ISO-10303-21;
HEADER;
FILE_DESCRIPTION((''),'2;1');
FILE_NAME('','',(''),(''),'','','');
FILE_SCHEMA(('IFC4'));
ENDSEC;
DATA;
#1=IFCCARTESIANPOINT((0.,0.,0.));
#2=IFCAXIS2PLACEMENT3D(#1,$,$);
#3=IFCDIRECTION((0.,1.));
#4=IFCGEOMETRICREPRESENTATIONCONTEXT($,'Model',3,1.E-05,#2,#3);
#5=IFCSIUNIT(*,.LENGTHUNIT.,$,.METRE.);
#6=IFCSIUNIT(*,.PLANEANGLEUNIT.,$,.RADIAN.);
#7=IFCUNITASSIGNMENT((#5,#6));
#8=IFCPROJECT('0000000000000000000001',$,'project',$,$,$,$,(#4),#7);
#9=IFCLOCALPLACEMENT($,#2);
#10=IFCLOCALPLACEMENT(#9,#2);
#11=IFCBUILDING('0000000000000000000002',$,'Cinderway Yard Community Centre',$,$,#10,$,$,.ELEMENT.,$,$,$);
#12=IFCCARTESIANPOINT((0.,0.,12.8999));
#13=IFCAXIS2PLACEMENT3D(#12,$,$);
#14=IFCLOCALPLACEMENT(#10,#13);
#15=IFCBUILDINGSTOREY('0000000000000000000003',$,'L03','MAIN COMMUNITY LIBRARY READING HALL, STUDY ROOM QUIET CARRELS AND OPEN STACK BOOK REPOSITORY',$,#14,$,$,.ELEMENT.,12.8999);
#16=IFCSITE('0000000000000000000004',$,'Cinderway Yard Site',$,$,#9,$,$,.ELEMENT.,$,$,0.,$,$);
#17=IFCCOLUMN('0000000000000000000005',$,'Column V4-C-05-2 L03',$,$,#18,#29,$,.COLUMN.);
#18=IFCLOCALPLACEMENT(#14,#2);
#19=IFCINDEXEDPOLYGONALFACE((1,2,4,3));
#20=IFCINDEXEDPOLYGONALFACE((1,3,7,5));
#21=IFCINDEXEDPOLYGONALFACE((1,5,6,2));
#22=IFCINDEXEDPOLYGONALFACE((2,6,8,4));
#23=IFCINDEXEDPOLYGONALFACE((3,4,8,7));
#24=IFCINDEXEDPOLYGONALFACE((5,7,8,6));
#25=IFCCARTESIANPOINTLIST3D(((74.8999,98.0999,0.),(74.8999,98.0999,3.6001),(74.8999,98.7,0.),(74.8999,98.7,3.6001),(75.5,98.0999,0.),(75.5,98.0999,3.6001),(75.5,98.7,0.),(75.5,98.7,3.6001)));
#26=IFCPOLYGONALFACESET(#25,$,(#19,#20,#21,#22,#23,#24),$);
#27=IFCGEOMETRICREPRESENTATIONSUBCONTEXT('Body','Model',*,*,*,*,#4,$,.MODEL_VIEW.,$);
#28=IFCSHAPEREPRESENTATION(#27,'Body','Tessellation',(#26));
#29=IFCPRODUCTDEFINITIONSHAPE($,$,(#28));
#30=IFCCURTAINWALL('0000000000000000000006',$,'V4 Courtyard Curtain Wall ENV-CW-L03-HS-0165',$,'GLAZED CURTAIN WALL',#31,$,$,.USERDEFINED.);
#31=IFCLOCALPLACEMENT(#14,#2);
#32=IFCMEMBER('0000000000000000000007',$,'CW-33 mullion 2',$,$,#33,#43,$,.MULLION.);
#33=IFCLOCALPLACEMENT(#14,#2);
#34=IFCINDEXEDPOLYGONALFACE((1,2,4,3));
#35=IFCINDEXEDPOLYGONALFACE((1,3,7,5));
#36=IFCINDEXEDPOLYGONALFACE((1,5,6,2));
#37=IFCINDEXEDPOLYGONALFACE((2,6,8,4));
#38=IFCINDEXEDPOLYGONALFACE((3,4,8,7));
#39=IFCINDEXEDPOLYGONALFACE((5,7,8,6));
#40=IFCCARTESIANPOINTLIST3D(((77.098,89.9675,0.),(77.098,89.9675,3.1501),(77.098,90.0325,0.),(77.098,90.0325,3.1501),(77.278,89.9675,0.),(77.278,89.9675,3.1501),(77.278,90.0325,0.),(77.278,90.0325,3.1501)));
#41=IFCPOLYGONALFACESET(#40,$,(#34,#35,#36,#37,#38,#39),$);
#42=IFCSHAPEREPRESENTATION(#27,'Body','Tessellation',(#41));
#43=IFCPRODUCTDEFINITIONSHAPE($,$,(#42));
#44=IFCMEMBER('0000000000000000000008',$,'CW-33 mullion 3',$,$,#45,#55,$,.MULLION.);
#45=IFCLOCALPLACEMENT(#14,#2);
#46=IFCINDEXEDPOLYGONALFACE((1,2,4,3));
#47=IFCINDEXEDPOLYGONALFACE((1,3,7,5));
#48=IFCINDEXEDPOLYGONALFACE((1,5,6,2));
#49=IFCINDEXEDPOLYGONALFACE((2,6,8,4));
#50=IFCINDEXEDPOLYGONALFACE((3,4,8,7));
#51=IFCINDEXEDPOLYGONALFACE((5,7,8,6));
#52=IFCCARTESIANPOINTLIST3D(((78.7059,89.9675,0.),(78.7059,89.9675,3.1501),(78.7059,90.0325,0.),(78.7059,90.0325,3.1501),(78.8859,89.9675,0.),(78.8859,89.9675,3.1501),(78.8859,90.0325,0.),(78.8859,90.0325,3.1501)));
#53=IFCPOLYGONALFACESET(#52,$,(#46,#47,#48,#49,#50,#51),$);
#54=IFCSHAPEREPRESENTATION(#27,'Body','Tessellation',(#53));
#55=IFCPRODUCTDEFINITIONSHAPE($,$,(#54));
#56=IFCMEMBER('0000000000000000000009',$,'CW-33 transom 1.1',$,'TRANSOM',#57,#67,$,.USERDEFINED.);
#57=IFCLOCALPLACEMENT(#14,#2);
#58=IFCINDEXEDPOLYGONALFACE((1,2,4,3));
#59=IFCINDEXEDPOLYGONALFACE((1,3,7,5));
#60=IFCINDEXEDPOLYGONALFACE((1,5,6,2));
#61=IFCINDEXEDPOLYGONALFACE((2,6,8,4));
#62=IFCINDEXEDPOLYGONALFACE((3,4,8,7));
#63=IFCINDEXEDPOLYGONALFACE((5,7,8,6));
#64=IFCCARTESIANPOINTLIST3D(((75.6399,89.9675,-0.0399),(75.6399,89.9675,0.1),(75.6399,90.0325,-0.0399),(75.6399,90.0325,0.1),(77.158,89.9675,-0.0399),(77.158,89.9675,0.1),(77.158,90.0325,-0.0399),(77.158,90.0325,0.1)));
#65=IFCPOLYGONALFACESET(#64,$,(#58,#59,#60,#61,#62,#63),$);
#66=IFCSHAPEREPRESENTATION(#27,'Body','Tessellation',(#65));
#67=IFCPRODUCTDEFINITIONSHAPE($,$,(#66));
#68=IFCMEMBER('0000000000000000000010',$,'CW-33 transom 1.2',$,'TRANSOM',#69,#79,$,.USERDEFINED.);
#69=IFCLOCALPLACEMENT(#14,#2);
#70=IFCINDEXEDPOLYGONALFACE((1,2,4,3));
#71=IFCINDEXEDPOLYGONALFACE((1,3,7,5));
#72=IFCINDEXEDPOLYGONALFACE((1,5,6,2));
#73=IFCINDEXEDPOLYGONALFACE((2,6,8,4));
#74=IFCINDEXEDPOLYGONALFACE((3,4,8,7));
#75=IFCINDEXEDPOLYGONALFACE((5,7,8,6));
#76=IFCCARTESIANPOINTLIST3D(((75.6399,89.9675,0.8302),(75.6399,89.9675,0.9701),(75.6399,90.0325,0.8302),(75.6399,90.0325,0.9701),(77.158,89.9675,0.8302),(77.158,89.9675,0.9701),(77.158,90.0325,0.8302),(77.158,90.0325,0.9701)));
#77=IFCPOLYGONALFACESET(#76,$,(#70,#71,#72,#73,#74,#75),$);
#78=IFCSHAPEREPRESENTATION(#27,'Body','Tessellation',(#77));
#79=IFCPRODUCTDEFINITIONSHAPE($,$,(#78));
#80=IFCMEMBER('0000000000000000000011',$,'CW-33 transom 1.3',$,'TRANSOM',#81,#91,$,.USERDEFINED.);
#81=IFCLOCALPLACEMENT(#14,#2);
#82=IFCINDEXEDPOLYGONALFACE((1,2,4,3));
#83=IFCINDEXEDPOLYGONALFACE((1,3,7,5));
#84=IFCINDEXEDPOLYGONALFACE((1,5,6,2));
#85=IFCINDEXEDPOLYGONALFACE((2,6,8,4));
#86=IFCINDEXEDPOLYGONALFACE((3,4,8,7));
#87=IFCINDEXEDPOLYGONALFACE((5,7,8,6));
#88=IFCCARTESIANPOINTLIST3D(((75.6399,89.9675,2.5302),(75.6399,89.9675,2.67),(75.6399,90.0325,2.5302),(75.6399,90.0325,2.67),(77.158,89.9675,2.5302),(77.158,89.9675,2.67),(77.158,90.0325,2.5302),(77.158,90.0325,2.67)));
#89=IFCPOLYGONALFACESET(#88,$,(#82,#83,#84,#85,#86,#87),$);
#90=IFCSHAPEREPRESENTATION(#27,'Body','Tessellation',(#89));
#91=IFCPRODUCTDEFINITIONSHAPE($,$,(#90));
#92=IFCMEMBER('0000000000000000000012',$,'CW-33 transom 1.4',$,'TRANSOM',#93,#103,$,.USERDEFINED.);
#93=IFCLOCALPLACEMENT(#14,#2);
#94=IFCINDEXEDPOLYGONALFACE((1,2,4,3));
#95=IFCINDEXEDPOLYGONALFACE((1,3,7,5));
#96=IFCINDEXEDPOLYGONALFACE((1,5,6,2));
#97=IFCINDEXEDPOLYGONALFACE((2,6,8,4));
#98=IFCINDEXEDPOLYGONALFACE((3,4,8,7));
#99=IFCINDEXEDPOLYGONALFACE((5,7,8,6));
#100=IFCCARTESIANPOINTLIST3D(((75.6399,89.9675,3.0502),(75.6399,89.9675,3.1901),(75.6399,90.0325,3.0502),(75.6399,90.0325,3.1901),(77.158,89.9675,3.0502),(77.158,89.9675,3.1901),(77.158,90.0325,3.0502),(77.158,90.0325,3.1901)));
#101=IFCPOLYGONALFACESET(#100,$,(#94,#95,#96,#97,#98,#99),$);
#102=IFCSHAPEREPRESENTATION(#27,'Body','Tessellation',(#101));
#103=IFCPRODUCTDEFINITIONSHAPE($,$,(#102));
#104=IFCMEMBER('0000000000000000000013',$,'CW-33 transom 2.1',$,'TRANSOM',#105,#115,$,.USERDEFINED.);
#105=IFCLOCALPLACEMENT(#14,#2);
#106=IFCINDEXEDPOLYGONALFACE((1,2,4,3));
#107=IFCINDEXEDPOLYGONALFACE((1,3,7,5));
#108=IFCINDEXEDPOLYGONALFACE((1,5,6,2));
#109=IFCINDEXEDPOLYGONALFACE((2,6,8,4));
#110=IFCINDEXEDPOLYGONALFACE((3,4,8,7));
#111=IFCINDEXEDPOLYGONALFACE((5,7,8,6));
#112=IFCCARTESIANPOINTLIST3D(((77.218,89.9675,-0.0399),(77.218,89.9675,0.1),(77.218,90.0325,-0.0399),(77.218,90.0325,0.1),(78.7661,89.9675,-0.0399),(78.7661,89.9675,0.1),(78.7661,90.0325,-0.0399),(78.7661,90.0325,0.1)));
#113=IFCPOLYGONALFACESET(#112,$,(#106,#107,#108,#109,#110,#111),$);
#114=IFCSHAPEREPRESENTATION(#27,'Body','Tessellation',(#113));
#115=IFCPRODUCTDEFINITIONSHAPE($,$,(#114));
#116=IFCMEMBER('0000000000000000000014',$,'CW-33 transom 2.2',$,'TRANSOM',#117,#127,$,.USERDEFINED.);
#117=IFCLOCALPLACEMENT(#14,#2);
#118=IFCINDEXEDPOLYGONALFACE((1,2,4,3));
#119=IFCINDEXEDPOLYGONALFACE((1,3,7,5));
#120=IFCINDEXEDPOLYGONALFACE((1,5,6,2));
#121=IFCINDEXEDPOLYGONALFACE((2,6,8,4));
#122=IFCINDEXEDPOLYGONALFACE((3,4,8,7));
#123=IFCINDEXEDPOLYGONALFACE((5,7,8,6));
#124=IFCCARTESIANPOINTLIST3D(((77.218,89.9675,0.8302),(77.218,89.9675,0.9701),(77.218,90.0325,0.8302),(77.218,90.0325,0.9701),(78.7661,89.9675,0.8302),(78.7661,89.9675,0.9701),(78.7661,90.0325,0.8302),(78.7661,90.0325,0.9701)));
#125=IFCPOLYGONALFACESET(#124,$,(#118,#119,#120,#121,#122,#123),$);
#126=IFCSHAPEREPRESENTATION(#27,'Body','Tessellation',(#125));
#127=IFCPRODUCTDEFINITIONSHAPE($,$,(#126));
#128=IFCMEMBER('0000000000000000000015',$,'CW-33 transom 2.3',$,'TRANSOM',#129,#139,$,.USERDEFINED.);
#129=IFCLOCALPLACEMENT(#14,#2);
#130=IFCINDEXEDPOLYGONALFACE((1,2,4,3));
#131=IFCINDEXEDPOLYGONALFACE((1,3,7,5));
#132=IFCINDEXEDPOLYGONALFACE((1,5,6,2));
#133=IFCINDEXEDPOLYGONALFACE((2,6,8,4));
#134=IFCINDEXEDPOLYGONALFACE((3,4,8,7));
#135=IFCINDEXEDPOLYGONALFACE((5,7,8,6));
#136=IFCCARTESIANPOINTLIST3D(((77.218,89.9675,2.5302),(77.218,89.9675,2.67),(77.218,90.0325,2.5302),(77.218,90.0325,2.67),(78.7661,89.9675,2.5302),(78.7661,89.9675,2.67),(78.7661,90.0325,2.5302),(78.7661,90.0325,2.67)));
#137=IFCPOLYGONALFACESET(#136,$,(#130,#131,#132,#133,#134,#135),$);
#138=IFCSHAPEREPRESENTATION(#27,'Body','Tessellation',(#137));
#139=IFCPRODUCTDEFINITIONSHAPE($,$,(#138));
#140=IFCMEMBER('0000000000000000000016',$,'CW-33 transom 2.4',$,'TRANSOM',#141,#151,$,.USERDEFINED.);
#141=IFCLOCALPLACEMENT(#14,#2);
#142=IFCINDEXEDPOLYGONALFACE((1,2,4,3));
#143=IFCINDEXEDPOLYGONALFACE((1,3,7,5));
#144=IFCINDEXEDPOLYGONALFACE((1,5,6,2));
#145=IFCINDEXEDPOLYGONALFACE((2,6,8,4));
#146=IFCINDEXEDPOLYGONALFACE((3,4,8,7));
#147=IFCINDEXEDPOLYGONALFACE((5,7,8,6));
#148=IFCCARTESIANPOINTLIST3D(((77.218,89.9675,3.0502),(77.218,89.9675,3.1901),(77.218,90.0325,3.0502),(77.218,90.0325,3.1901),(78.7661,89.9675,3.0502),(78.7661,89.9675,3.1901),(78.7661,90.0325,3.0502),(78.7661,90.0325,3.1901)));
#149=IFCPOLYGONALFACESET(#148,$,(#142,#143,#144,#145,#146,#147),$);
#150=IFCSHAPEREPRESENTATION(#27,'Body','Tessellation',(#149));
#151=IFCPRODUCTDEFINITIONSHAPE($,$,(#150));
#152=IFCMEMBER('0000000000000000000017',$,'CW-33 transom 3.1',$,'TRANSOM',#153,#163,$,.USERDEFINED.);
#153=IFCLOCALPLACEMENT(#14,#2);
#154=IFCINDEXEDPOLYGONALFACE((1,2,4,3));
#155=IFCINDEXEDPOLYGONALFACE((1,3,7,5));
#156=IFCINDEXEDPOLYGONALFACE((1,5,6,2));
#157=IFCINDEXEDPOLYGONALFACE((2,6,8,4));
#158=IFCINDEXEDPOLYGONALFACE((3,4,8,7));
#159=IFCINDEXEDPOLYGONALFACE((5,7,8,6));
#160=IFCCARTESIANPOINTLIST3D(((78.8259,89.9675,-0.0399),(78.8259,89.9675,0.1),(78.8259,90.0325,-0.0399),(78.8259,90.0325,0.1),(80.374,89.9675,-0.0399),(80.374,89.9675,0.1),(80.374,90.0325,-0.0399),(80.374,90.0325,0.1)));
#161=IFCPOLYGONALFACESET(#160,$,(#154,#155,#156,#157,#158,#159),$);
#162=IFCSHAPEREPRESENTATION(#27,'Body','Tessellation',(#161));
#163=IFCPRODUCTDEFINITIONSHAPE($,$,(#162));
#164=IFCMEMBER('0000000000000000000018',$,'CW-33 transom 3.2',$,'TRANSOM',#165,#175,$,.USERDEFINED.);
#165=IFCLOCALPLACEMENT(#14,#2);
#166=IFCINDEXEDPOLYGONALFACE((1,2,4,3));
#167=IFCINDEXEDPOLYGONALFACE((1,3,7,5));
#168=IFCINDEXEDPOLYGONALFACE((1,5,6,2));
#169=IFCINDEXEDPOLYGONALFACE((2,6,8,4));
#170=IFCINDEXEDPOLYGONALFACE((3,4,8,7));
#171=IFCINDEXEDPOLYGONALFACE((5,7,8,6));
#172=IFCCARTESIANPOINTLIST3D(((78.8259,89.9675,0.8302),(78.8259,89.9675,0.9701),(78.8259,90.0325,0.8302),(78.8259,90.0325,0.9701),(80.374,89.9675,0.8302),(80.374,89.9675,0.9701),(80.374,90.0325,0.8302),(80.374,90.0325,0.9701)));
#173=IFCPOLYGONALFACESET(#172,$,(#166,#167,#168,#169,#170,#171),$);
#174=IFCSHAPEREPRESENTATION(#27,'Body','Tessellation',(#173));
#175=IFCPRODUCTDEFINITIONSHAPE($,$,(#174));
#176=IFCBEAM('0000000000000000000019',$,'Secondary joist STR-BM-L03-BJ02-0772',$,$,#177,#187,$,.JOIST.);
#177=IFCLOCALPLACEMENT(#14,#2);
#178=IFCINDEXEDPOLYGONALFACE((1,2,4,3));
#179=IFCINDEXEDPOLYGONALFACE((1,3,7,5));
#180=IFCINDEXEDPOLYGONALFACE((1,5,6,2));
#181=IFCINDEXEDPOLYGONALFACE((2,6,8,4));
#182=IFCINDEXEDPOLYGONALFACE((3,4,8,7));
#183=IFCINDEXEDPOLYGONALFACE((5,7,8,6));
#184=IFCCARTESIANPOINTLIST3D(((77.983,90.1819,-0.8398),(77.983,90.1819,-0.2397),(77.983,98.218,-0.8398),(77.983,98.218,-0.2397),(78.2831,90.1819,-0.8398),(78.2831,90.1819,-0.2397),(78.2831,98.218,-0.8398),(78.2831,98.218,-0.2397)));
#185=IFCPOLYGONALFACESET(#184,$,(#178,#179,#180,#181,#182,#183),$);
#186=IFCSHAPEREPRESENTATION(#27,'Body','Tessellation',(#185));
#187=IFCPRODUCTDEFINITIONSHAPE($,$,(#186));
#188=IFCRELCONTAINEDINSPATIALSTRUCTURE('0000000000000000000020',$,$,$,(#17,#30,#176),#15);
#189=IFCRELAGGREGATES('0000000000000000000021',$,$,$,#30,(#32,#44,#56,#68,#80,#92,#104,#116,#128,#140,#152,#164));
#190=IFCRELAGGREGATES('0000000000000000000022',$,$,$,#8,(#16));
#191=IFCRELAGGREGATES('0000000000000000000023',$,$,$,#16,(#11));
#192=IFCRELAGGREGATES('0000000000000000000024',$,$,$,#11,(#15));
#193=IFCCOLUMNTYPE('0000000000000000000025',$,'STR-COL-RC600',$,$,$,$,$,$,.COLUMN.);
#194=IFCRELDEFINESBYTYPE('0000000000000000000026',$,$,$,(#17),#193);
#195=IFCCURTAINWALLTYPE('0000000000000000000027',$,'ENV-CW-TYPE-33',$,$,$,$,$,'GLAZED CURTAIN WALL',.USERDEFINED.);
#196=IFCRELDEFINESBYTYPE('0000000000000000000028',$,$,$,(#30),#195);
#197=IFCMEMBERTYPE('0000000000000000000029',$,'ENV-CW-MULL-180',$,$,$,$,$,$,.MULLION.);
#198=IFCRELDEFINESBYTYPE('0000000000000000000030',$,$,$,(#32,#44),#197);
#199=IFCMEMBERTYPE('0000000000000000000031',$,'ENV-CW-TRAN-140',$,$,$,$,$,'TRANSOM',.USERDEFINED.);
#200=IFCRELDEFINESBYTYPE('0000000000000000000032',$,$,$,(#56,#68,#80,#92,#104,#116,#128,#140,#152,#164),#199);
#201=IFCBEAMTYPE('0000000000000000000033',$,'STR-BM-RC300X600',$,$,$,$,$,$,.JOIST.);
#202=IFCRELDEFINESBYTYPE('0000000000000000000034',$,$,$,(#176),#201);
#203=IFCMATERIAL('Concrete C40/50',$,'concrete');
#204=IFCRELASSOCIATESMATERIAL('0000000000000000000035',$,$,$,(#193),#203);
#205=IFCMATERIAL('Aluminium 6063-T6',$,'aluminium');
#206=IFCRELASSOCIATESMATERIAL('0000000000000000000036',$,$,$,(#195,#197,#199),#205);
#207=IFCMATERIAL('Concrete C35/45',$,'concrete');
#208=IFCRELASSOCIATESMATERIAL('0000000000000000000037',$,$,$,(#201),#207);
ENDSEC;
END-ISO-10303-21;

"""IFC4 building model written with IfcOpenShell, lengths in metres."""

from ifc_helpers import new_model, si_unit, direction, frame, origin, origin_2d, place, context, subcontext, project, spatial, rectangle, extrude, material, material_profile, profile_set, type_object, element, aggregate, save


model = new_model("IFC4")

# Units and contexts
model_context = context("Model", 3, precision=1e-05, world=origin(), true_north=direction((0.0, 1.0)))
body_context = subcontext(model_context, "Body", "Model", "MODEL_VIEW")
ifc_project = project(units=[si_unit("LENGTHUNIT", "METRE"), si_unit("PLANEANGLEUNIT", "RADIAN")], contexts=[model_context])

# Site, building, storey
site_placement = place(None, origin())
site = spatial("IfcSite", under=ifc_project, at=site_placement, Name="Cinderway Yard Site", CompositionType="ELEMENT", RefElevation=0.0)
building_placement = place(site_placement, origin())
building = spatial("IfcBuilding", under=site, at=building_placement, Name="Cinderway Yard Community Centre", CompositionType="ELEMENT")
storey_placement = place(building_placement, frame((0.0, 0.0, 12.8999)))
storey = spatial("IfcBuildingStorey", under=building, at=storey_placement, Name="L03", Description="MAIN COMMUNITY LIBRARY READING HALL, STUDY ROOM QUIET CARRELS AND OPEN STACK BOOK REPOSITORY", CompositionType="ELEMENT", Elevation=12.8999)

# Column
ifc_material_1 = material(Name="Concrete C40/50", Category="concrete")
ifc_material_profile_1 = material_profile(ifc_material_1, rectangle(XDim=0.6001, YDim=0.6001, at=origin_2d()), Name="Concrete C40/50")
ifc_profile_set_1 = profile_set([ifc_material_profile_1], Name="Concrete C40/50")
column_type = type_object("IfcColumnType", Name="STR-COL-RC600", PredefinedType="COLUMN", material=ifc_profile_set_1)
column_placement = place(storey_placement, frame((75.2, 98.3999, 0.0), z_axis=(0.0, 0.0, 1.0), x_axis=(1.0, 0.0, 0.0)))
element("IfcColumn", 1, at=column_placement, inside=storey, type_object=column_type, Name="Column V4-C-05-2 L03", PredefinedType="COLUMN", context=body_context, shape_type="SweptSolid", body=[
    extrude(rectangle(XDim=0.6001, YDim=0.6001, at=origin_2d()), origin(), (0.0, 0.0, 1.0), 3.6001),
])

# Curtain wall, members
ifc_material_2 = material(Name="Aluminium 6063-T6", Category="aluminium")
curtain_wall_type = type_object("IfcCurtainWallType", Name="ENV-CW-TYPE-33", ElementType="GLAZED CURTAIN WALL", PredefinedType="USERDEFINED", material=ifc_material_2)
curtain_wall_placement = place(storey_placement, origin())
curtain_wall = element("IfcCurtainWall", 2, at=curtain_wall_placement, inside=storey, type_object=curtain_wall_type, Name="V4 Courtyard Curtain Wall ENV-CW-L03-HS-0165", ObjectType="GLAZED CURTAIN WALL", PredefinedType="USERDEFINED")
ifc_material_profile_2 = material_profile(ifc_material_2, rectangle(XDim=0.0649, YDim=0.1799, at=origin_2d()), Name="Aluminium 6063-T6")
ifc_profile_set_2 = profile_set([ifc_material_profile_2], Name="Aluminium 6063-T6")
member_type_1 = type_object("IfcMemberType", Name="ENV-CW-MULL-180", PredefinedType="MULLION", material=ifc_profile_set_2)
member_1_placement = place(storey_placement, frame((77.188, 90.0, 0.0), z_axis=(0.0, 0.0, 1.0), x_axis=(0.0, 1.0, 0.0)))
member_1 = element("IfcMember", 3, at=member_1_placement, type_object=member_type_1, Name="CW-33 mullion 2", PredefinedType="MULLION", context=body_context, shape_type="SweptSolid", body=[
    extrude(rectangle(XDim=0.0649, YDim=0.1799, at=origin_2d()), origin(), (0.0, 0.0, 1.0), 3.1501),
])
member_2_placement = place(storey_placement, frame((78.7959, 90.0, 0.0), z_axis=(0.0, 0.0, 1.0), x_axis=(0.0, 1.0, 0.0)))
member_2 = element("IfcMember", 4, at=member_2_placement, type_object=member_type_1, Name="CW-33 mullion 3", PredefinedType="MULLION", context=body_context, shape_type="SweptSolid", body=[
    extrude(rectangle(XDim=0.0649, YDim=0.1799, at=origin_2d()), origin(), (0.0, 0.0, 1.0), 3.1501),
])
ifc_material_profile_3 = material_profile(ifc_material_2, rectangle(XDim=0.0649, YDim=0.1399, at=origin_2d()), Name="Aluminium 6063-T6")
ifc_profile_set_3 = profile_set([ifc_material_profile_3], Name="Aluminium 6063-T6")
member_type_2 = type_object("IfcMemberType", Name="ENV-CW-TRAN-140", ElementType="TRANSOM", PredefinedType="USERDEFINED", material=ifc_profile_set_3)
member_3_placement = place(storey_placement, frame((75.6399, 90.0, 0.03), z_axis=(1.0, 0.0, 0.0), x_axis=(0.0, 1.0, 0.0)))
member_3 = element("IfcMember", 5, at=member_3_placement, type_object=member_type_2, Name="CW-33 transom 1.1", ObjectType="TRANSOM", PredefinedType="USERDEFINED", context=body_context, shape_type="SweptSolid", body=[
    extrude(rectangle(XDim=0.0649, YDim=0.1399, at=origin_2d()), origin(), (0.0, 0.0, 1.0), 1.5181),
])
member_4_placement = place(storey_placement, frame((75.6399, 90.0, 0.9001), z_axis=(1.0, 0.0, 0.0), x_axis=(0.0, 1.0, 0.0)))
member_4 = element("IfcMember", 6, at=member_4_placement, type_object=member_type_2, Name="CW-33 transom 1.2", ObjectType="TRANSOM", PredefinedType="USERDEFINED", context=body_context, shape_type="SweptSolid", body=[
    extrude(rectangle(XDim=0.0649, YDim=0.1399, at=origin_2d()), origin(), (0.0, 0.0, 1.0), 1.5181),
])
member_5_placement = place(storey_placement, frame((75.6399, 90.0, 2.6001), z_axis=(1.0, 0.0, 0.0), x_axis=(0.0, 1.0, 0.0)))
member_5 = element("IfcMember", 7, at=member_5_placement, type_object=member_type_2, Name="CW-33 transom 1.3", ObjectType="TRANSOM", PredefinedType="USERDEFINED", context=body_context, shape_type="SweptSolid", body=[
    extrude(rectangle(XDim=0.0649, YDim=0.1399, at=origin_2d()), origin(), (0.0, 0.0, 1.0), 1.5181),
])
member_6_placement = place(storey_placement, frame((75.6399, 90.0, 3.1201), z_axis=(1.0, 0.0, 0.0), x_axis=(0.0, 1.0, 0.0)))
member_6 = element("IfcMember", 8, at=member_6_placement, type_object=member_type_2, Name="CW-33 transom 1.4", ObjectType="TRANSOM", PredefinedType="USERDEFINED", context=body_context, shape_type="SweptSolid", body=[
    extrude(rectangle(XDim=0.0649, YDim=0.1399, at=origin_2d()), origin(), (0.0, 0.0, 1.0), 1.5181),
])
member_7_placement = place(storey_placement, frame((77.218, 90.0, 0.03), z_axis=(1.0, 0.0, 0.0), x_axis=(0.0, 1.0, 0.0)))
member_7 = element("IfcMember", 9, at=member_7_placement, type_object=member_type_2, Name="CW-33 transom 2.1", ObjectType="TRANSOM", PredefinedType="USERDEFINED", context=body_context, shape_type="SweptSolid", body=[
    extrude(rectangle(XDim=0.0649, YDim=0.1399, at=origin_2d()), origin(), (0.0, 0.0, 1.0), 1.5481),
])
member_8_placement = place(storey_placement, frame((77.218, 90.0, 0.9001), z_axis=(1.0, 0.0, 0.0), x_axis=(0.0, 1.0, 0.0)))
member_8 = element("IfcMember", 10, at=member_8_placement, type_object=member_type_2, Name="CW-33 transom 2.2", ObjectType="TRANSOM", PredefinedType="USERDEFINED", context=body_context, shape_type="SweptSolid", body=[
    extrude(rectangle(XDim=0.0649, YDim=0.1399, at=origin_2d()), origin(), (0.0, 0.0, 1.0), 1.5481),
])
member_9_placement = place(storey_placement, frame((77.218, 90.0, 2.6001), z_axis=(1.0, 0.0, 0.0), x_axis=(0.0, 1.0, 0.0)))
member_9 = element("IfcMember", 11, at=member_9_placement, type_object=member_type_2, Name="CW-33 transom 2.3", ObjectType="TRANSOM", PredefinedType="USERDEFINED", context=body_context, shape_type="SweptSolid", body=[
    extrude(rectangle(XDim=0.0649, YDim=0.1399, at=origin_2d()), origin(), (0.0, 0.0, 1.0), 1.5481),
])
member_10_placement = place(storey_placement, frame((77.218, 90.0, 3.1201), z_axis=(1.0, 0.0, 0.0), x_axis=(0.0, 1.0, 0.0)))
member_10 = element("IfcMember", 12, at=member_10_placement, type_object=member_type_2, Name="CW-33 transom 2.4", ObjectType="TRANSOM", PredefinedType="USERDEFINED", context=body_context, shape_type="SweptSolid", body=[
    extrude(rectangle(XDim=0.0649, YDim=0.1399, at=origin_2d()), origin(), (0.0, 0.0, 1.0), 1.5481),
])
member_11_placement = place(storey_placement, frame((78.8259, 90.0, 0.03), z_axis=(1.0, 0.0, 0.0), x_axis=(0.0, 1.0, 0.0)))
member_11 = element("IfcMember", 13, at=member_11_placement, type_object=member_type_2, Name="CW-33 transom 3.1", ObjectType="TRANSOM", PredefinedType="USERDEFINED", context=body_context, shape_type="SweptSolid", body=[
    extrude(rectangle(XDim=0.0649, YDim=0.1399, at=origin_2d()), origin(), (0.0, 0.0, 1.0), 1.5481),
])
member_12_placement = place(storey_placement, frame((78.8259, 90.0, 0.9001), z_axis=(1.0, 0.0, 0.0), x_axis=(0.0, 1.0, 0.0)))
member_12 = element("IfcMember", 14, at=member_12_placement, type_object=member_type_2, Name="CW-33 transom 3.2", ObjectType="TRANSOM", PredefinedType="USERDEFINED", context=body_context, shape_type="SweptSolid", body=[
    extrude(rectangle(XDim=0.0649, YDim=0.1399, at=origin_2d()), origin(), (0.0, 0.0, 1.0), 1.5481),
])

# Beam
ifc_material_3 = material(Name="Concrete C35/45", Category="concrete")
ifc_material_profile_4 = material_profile(ifc_material_3, rectangle(XDim=0.3, YDim=0.6001, at=origin_2d()), Name="Concrete C35/45")
ifc_profile_set_4 = profile_set([ifc_material_profile_4], Name="Concrete C35/45")
beam_type_1 = type_object("IfcBeamType", Name="STR-BM-RC300X600", PredefinedType="JOIST", material=ifc_profile_set_4)
beam_1_placement = place(storey_placement, frame((78.1331, 90.1819, -0.5398), z_axis=(0.0, 1.0, 0.0), x_axis=(-1.0, 0.0, 0.0)))
element("IfcBeam", 15, at=beam_1_placement, inside=storey, type_object=beam_type_1, Name="Secondary joist STR-BM-L03-BJ02-0772", PredefinedType="JOIST", context=body_context, shape_type="SweptSolid", body=[
    extrude(rectangle(XDim=0.3, YDim=0.6001, at=origin_2d()), origin(), (0.0, 0.0, 1.0), 8.0361),
])

aggregate(curtain_wall, [member_1, member_2, member_3, member_4, member_5, member_6, member_7, member_8, member_9, member_10, member_11, member_12])

save(model, "model.ifc")
